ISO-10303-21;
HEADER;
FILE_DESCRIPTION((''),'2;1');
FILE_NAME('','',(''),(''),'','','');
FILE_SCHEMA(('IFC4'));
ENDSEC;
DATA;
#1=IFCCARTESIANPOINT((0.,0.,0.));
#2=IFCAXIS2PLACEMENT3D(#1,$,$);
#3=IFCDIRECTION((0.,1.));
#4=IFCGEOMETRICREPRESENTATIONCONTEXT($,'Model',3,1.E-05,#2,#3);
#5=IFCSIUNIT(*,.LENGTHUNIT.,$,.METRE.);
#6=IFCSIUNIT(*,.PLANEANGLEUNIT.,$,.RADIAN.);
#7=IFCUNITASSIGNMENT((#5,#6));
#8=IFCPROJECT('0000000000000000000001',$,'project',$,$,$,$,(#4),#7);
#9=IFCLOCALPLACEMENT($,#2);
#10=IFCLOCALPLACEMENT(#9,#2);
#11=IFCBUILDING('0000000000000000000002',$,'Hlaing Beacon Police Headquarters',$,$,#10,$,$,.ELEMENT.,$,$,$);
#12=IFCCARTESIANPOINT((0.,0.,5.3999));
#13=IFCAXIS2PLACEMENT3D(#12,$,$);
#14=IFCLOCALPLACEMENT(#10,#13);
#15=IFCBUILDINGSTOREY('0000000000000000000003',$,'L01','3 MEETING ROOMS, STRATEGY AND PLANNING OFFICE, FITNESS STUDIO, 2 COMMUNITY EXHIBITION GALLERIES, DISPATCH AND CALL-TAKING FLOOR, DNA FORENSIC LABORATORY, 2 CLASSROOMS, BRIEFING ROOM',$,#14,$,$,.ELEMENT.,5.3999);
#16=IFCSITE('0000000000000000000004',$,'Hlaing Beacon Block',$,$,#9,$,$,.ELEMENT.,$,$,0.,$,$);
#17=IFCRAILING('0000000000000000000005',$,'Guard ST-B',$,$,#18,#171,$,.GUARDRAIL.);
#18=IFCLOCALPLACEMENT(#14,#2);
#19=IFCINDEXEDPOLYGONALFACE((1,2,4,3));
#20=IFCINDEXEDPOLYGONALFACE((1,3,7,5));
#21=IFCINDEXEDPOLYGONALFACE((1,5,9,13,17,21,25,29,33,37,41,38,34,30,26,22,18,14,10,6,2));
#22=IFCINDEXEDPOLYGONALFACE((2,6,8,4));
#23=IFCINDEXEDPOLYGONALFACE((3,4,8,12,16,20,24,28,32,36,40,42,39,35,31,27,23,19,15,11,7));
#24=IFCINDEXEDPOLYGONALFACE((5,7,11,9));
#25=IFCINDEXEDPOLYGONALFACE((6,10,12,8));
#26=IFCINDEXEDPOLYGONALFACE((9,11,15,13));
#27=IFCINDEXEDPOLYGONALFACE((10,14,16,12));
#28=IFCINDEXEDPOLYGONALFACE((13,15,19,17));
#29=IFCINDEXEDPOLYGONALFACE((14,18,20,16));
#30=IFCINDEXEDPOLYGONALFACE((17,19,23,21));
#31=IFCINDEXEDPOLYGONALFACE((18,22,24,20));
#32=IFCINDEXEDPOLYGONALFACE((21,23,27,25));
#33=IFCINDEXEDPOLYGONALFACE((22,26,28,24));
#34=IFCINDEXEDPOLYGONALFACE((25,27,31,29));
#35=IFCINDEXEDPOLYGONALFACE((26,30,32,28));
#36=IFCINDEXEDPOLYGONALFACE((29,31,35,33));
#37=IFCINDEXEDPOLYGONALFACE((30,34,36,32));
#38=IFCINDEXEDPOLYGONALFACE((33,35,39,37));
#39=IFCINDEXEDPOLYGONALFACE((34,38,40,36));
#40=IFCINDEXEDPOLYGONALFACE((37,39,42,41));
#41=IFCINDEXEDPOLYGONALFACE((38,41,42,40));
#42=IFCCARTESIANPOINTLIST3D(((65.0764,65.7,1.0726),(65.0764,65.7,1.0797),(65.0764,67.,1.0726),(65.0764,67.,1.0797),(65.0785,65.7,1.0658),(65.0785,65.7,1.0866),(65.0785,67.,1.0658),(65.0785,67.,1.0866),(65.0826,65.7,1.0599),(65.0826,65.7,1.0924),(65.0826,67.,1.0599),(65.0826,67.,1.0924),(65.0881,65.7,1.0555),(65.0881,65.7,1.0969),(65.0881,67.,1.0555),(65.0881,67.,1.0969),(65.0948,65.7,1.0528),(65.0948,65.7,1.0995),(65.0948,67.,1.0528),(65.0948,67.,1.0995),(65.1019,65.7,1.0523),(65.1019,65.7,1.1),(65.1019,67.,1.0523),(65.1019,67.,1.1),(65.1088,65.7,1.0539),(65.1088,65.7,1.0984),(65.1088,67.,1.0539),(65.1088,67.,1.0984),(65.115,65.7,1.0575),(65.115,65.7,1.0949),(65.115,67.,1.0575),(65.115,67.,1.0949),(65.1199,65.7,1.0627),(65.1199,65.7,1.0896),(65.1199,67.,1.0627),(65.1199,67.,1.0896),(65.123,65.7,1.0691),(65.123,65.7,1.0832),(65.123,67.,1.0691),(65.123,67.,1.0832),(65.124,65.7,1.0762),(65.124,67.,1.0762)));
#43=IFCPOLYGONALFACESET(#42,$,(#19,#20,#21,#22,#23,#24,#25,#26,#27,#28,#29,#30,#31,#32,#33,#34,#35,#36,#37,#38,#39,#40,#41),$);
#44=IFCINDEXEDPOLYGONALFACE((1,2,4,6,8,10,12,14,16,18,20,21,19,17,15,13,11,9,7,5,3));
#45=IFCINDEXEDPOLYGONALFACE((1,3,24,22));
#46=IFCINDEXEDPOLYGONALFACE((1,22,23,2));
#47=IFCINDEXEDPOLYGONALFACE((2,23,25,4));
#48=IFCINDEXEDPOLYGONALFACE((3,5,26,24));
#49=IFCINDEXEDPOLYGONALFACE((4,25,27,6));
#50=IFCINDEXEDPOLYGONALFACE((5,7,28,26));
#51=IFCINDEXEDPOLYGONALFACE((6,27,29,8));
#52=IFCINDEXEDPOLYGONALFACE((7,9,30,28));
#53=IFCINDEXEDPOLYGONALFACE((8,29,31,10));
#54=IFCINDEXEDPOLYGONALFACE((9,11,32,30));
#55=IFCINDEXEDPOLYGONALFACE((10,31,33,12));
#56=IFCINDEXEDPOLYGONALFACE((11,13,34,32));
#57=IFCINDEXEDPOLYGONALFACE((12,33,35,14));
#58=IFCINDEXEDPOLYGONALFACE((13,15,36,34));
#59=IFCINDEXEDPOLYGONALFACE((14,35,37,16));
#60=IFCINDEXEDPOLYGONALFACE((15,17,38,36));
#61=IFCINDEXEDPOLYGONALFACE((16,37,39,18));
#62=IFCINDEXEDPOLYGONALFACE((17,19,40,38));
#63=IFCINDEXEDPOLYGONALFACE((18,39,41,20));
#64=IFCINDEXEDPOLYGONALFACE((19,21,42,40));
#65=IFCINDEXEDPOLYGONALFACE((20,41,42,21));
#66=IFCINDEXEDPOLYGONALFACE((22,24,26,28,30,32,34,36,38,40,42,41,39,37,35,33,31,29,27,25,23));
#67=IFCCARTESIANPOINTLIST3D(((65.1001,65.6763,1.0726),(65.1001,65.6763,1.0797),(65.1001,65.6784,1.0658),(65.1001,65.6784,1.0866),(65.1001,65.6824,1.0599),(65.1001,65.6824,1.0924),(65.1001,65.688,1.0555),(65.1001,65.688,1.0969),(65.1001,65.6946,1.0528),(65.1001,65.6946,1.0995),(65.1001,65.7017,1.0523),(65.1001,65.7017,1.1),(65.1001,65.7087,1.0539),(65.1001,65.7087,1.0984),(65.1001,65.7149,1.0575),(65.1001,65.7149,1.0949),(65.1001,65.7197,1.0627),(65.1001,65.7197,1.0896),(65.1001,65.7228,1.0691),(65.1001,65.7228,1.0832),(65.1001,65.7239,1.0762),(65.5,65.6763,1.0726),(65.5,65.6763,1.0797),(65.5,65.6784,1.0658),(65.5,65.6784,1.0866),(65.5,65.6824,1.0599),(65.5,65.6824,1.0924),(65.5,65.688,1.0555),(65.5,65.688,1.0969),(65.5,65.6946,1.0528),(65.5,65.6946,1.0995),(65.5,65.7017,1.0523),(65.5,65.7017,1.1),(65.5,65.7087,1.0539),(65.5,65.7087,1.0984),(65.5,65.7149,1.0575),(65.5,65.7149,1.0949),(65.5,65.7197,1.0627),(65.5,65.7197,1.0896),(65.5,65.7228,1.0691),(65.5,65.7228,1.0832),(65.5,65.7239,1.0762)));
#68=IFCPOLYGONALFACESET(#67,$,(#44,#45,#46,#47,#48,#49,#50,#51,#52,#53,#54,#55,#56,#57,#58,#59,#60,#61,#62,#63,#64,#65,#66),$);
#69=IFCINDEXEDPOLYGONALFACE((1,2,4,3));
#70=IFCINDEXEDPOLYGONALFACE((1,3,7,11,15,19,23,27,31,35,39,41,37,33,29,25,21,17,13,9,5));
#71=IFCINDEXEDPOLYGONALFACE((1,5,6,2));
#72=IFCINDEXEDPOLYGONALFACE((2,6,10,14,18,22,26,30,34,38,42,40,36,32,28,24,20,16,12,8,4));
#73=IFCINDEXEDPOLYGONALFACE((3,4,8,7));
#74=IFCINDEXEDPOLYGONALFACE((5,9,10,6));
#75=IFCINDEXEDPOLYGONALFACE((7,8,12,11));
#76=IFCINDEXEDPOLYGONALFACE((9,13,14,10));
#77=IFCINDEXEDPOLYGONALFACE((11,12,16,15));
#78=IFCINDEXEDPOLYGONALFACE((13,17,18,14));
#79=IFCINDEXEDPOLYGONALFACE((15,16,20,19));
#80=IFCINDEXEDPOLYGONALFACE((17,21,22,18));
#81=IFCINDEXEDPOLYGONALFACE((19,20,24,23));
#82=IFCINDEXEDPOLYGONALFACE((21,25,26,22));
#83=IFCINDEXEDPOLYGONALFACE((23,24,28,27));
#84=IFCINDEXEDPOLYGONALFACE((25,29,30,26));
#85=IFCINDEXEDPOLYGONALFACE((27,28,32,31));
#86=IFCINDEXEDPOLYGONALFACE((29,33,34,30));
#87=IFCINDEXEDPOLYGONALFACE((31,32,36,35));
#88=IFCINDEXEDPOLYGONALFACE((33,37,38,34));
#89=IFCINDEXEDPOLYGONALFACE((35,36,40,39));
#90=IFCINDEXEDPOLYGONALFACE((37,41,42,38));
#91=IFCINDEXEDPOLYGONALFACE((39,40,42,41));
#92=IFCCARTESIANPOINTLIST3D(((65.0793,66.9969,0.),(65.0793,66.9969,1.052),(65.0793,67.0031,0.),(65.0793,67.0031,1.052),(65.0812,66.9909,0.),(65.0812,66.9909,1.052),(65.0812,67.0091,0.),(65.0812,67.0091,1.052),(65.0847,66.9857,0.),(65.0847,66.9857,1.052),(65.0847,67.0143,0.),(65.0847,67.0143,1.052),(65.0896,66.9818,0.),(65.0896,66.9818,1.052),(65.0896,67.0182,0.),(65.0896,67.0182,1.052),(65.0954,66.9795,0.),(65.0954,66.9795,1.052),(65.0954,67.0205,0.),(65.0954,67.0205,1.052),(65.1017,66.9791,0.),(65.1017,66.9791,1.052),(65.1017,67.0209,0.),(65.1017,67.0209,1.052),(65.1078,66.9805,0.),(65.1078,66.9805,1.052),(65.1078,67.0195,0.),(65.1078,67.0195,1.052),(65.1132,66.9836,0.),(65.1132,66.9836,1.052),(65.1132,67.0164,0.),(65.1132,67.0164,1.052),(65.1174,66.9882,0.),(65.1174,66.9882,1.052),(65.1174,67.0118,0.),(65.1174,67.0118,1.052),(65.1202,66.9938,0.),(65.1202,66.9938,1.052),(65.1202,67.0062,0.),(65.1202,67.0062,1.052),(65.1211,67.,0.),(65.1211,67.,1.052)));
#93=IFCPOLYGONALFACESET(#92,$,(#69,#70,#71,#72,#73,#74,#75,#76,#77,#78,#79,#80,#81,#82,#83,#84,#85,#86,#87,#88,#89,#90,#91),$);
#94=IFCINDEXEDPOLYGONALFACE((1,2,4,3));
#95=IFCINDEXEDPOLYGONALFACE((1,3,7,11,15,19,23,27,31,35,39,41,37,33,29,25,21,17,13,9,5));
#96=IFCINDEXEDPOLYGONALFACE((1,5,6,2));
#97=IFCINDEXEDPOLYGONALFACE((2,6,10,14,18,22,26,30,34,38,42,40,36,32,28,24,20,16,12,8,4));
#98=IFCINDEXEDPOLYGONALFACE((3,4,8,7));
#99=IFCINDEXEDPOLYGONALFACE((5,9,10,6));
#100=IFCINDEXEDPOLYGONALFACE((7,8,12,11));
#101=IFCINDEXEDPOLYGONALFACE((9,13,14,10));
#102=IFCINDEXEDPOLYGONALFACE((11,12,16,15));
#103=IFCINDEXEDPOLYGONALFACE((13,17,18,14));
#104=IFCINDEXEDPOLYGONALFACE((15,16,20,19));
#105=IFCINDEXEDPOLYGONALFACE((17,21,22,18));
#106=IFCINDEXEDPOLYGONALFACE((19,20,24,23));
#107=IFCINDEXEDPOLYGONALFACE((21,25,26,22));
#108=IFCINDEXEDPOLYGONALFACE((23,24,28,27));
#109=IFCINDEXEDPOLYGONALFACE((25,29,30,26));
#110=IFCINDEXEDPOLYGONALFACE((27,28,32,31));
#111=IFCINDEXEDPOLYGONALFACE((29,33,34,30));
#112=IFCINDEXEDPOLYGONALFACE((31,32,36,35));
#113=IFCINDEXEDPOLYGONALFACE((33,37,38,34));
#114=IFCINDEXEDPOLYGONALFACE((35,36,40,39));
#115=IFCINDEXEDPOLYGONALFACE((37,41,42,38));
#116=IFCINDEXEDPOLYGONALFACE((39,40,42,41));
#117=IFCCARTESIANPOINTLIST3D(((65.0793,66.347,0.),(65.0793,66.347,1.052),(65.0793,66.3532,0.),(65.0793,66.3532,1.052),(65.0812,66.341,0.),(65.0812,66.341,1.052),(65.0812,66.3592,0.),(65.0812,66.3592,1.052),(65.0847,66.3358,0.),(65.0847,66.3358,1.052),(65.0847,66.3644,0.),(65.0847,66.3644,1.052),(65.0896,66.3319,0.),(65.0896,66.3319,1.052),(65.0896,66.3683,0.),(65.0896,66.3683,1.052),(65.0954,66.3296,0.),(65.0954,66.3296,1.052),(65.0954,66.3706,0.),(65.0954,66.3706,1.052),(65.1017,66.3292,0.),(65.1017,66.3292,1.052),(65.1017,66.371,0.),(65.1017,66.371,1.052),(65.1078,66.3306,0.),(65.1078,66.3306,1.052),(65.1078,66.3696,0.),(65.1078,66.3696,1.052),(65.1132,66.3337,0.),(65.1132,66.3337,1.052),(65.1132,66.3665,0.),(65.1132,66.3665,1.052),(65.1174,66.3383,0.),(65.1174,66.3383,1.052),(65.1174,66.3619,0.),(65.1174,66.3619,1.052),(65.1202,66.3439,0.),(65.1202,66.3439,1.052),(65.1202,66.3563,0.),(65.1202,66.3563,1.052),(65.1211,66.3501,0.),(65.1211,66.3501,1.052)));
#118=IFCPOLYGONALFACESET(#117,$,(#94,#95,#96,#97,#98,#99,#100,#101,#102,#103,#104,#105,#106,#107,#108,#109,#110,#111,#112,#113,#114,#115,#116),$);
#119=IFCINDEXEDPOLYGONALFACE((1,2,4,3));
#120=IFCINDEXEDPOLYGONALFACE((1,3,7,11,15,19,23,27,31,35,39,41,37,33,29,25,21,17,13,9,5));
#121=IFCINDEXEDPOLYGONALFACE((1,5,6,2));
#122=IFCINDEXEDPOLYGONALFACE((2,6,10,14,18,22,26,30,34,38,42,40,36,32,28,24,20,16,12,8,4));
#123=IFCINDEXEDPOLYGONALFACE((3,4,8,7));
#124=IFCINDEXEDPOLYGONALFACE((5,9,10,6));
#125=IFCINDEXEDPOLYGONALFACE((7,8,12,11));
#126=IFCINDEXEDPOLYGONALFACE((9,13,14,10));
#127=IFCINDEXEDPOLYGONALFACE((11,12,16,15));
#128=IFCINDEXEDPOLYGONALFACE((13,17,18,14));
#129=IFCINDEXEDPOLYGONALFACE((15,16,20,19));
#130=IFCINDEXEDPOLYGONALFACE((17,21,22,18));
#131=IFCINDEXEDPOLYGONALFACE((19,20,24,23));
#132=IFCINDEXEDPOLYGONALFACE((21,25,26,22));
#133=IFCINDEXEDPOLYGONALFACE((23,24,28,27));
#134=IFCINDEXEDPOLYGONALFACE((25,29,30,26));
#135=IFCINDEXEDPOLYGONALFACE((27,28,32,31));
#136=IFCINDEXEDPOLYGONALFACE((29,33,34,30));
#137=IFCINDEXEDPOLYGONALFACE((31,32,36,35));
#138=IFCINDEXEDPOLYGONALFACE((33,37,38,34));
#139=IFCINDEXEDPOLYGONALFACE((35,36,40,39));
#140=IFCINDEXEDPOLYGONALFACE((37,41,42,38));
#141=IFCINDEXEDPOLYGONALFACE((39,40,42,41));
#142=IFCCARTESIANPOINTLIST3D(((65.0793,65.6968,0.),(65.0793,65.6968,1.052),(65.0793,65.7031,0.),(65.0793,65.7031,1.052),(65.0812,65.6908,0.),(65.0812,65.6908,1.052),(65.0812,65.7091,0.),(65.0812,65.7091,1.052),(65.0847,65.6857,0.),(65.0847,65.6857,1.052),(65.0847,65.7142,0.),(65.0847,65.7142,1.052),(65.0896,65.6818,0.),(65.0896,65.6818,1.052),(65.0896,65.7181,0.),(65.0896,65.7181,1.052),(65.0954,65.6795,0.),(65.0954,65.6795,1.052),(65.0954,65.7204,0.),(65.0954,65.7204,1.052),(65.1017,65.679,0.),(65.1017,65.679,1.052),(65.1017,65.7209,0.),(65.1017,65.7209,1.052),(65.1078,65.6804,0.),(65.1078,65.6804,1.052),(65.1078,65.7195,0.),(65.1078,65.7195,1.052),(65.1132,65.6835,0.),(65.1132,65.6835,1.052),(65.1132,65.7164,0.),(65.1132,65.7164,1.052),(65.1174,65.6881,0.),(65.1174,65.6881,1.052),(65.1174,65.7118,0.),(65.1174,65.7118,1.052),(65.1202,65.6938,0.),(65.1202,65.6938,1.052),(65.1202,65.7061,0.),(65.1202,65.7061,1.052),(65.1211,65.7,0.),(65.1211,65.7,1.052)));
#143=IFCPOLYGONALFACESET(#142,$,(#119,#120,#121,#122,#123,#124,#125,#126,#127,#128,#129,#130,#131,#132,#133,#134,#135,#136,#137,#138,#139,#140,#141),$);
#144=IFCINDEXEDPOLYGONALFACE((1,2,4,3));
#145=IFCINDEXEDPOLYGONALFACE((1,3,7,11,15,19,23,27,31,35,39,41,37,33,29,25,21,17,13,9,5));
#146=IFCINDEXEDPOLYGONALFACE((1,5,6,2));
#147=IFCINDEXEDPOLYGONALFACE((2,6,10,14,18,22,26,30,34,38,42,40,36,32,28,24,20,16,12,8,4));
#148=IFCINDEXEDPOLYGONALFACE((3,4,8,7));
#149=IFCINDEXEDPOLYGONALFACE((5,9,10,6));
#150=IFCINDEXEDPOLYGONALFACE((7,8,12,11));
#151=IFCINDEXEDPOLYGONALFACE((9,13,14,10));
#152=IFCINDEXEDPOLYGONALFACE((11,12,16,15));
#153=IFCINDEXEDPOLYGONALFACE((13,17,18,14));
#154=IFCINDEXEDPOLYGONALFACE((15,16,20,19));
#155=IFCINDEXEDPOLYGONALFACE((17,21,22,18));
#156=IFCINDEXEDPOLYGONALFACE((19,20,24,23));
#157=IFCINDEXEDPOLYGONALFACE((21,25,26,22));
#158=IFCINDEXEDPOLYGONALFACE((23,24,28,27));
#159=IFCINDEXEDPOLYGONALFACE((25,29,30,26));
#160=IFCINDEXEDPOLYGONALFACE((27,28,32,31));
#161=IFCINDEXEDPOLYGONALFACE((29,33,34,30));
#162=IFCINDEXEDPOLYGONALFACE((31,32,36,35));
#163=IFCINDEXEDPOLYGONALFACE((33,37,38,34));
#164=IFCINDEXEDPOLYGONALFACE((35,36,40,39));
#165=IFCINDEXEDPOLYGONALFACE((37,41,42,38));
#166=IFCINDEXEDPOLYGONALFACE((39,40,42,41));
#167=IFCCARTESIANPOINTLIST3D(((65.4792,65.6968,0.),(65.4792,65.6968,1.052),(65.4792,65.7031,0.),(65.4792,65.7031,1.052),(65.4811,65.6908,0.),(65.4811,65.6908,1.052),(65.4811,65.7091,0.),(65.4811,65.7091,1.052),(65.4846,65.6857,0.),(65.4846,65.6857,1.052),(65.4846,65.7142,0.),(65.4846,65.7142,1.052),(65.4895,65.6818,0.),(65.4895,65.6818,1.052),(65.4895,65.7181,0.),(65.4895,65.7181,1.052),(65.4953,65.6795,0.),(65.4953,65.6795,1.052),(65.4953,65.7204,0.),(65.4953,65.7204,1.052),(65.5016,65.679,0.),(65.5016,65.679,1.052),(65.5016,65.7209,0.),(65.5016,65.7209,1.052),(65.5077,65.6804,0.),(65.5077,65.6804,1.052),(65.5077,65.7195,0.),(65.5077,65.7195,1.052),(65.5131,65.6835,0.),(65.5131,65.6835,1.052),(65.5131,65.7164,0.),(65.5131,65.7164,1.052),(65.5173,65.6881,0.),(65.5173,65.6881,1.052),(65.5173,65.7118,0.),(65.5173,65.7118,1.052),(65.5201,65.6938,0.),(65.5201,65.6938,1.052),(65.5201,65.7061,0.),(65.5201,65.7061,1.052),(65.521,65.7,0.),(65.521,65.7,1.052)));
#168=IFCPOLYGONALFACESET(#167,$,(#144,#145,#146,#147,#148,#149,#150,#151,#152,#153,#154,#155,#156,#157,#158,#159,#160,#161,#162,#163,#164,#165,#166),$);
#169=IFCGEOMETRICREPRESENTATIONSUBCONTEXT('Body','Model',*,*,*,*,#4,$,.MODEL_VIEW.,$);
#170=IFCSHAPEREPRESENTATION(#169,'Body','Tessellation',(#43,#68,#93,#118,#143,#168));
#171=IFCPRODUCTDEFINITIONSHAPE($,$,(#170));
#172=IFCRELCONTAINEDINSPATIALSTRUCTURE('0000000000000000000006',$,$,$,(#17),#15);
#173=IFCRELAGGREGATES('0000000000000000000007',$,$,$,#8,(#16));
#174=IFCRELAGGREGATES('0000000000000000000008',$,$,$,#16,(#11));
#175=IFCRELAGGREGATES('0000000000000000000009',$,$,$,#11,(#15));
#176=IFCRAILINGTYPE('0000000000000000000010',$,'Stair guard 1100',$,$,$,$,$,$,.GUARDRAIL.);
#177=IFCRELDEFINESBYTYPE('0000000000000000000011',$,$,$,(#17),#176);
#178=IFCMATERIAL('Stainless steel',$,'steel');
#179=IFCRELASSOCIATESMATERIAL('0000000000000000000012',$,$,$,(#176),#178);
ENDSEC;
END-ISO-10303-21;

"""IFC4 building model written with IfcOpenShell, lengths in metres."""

from ifc_helpers import new_model, si_unit, direction, frame, origin, origin_2d, place, context, subcontext, project, spatial, circle, extrude, material, type_object, element, save


model = new_model("IFC4")

# Units and contexts
model_context = context("Model", 3, precision=1e-05, world=origin(), true_north=direction((0.0, 1.0)))
body_context = subcontext(model_context, "Body", "Model", "MODEL_VIEW")
ifc_project = project(units=[si_unit("LENGTHUNIT", "METRE"), si_unit("PLANEANGLEUNIT", "RADIAN")], contexts=[model_context])

# Site, building, storey
site_placement = place(None, origin())
site = spatial("IfcSite", under=ifc_project, at=site_placement, Name="Hlaing Beacon Block", CompositionType="ELEMENT", RefElevation=0.0)
building_placement = place(site_placement, origin())
building = spatial("IfcBuilding", under=site, at=building_placement, Name="Hlaing Beacon Police Headquarters", CompositionType="ELEMENT")
storey_placement = place(building_placement, frame((0.0, 0.0, 5.3999)))
storey = spatial("IfcBuildingStorey", under=building, at=storey_placement, Name="L01", Description="3 MEETING ROOMS, STRATEGY AND PLANNING OFFICE, FITNESS STUDIO, 2 COMMUNITY EXHIBITION GALLERIES, DISPATCH AND CALL-TAKING FLOOR, DNA FORENSIC LABORATORY, 2 CLASSROOMS, BRIEFING ROOM", CompositionType="ELEMENT", Elevation=5.3999)

# Railing
ifc_material_1 = material(Name="Stainless steel", Category="steel")
railing_type_1 = type_object("IfcRailingType", Name="Stair guard 1100", PredefinedType="GUARDRAIL", material=ifc_material_1)
railing_1_placement = place(storey_placement, frame((65.1001, 67.0, 0.0)))
element("IfcRailing", 1, at=railing_1_placement, inside=storey, type_object=railing_type_1, Name="Guard ST-B", PredefinedType="GUARDRAIL", context=body_context, shape_type="SweptSolid", body=[
    extrude(circle(Radius=0.0239, at=origin_2d()), frame((0.0, 0.0, 1.0762), z_axis=(0.0, -1.0, 0.0), x_axis=(1.0, 0.0, 0.0)), (0.0, 0.0, 1.0), 1.3),
    extrude(circle(Radius=0.0239, at=origin_2d()), frame((0.0, -1.3, 1.0762), z_axis=(1.0, 0.0, 0.0), x_axis=(0.0, 1.0, 0.0)), (0.0, 0.0, 1.0), 0.3999),
    extrude(circle(Radius=0.021, at=origin_2d()), origin(), (0.0, 0.0, 1.0), 1.052),
    extrude(circle(Radius=0.021, at=origin_2d()), frame((0.0, -0.6499, 0.0)), (0.0, 0.0, 1.0), 1.052),
    extrude(circle(Radius=0.021, at=origin_2d()), frame((0.0, -1.3, 0.0)), (0.0, 0.0, 1.0), 1.052),
    extrude(circle(Radius=0.021, at=origin_2d()), frame((0.3999, -1.3, 0.0)), (0.0, 0.0, 1.0), 1.052),
])

save(model, "model.ifc")
